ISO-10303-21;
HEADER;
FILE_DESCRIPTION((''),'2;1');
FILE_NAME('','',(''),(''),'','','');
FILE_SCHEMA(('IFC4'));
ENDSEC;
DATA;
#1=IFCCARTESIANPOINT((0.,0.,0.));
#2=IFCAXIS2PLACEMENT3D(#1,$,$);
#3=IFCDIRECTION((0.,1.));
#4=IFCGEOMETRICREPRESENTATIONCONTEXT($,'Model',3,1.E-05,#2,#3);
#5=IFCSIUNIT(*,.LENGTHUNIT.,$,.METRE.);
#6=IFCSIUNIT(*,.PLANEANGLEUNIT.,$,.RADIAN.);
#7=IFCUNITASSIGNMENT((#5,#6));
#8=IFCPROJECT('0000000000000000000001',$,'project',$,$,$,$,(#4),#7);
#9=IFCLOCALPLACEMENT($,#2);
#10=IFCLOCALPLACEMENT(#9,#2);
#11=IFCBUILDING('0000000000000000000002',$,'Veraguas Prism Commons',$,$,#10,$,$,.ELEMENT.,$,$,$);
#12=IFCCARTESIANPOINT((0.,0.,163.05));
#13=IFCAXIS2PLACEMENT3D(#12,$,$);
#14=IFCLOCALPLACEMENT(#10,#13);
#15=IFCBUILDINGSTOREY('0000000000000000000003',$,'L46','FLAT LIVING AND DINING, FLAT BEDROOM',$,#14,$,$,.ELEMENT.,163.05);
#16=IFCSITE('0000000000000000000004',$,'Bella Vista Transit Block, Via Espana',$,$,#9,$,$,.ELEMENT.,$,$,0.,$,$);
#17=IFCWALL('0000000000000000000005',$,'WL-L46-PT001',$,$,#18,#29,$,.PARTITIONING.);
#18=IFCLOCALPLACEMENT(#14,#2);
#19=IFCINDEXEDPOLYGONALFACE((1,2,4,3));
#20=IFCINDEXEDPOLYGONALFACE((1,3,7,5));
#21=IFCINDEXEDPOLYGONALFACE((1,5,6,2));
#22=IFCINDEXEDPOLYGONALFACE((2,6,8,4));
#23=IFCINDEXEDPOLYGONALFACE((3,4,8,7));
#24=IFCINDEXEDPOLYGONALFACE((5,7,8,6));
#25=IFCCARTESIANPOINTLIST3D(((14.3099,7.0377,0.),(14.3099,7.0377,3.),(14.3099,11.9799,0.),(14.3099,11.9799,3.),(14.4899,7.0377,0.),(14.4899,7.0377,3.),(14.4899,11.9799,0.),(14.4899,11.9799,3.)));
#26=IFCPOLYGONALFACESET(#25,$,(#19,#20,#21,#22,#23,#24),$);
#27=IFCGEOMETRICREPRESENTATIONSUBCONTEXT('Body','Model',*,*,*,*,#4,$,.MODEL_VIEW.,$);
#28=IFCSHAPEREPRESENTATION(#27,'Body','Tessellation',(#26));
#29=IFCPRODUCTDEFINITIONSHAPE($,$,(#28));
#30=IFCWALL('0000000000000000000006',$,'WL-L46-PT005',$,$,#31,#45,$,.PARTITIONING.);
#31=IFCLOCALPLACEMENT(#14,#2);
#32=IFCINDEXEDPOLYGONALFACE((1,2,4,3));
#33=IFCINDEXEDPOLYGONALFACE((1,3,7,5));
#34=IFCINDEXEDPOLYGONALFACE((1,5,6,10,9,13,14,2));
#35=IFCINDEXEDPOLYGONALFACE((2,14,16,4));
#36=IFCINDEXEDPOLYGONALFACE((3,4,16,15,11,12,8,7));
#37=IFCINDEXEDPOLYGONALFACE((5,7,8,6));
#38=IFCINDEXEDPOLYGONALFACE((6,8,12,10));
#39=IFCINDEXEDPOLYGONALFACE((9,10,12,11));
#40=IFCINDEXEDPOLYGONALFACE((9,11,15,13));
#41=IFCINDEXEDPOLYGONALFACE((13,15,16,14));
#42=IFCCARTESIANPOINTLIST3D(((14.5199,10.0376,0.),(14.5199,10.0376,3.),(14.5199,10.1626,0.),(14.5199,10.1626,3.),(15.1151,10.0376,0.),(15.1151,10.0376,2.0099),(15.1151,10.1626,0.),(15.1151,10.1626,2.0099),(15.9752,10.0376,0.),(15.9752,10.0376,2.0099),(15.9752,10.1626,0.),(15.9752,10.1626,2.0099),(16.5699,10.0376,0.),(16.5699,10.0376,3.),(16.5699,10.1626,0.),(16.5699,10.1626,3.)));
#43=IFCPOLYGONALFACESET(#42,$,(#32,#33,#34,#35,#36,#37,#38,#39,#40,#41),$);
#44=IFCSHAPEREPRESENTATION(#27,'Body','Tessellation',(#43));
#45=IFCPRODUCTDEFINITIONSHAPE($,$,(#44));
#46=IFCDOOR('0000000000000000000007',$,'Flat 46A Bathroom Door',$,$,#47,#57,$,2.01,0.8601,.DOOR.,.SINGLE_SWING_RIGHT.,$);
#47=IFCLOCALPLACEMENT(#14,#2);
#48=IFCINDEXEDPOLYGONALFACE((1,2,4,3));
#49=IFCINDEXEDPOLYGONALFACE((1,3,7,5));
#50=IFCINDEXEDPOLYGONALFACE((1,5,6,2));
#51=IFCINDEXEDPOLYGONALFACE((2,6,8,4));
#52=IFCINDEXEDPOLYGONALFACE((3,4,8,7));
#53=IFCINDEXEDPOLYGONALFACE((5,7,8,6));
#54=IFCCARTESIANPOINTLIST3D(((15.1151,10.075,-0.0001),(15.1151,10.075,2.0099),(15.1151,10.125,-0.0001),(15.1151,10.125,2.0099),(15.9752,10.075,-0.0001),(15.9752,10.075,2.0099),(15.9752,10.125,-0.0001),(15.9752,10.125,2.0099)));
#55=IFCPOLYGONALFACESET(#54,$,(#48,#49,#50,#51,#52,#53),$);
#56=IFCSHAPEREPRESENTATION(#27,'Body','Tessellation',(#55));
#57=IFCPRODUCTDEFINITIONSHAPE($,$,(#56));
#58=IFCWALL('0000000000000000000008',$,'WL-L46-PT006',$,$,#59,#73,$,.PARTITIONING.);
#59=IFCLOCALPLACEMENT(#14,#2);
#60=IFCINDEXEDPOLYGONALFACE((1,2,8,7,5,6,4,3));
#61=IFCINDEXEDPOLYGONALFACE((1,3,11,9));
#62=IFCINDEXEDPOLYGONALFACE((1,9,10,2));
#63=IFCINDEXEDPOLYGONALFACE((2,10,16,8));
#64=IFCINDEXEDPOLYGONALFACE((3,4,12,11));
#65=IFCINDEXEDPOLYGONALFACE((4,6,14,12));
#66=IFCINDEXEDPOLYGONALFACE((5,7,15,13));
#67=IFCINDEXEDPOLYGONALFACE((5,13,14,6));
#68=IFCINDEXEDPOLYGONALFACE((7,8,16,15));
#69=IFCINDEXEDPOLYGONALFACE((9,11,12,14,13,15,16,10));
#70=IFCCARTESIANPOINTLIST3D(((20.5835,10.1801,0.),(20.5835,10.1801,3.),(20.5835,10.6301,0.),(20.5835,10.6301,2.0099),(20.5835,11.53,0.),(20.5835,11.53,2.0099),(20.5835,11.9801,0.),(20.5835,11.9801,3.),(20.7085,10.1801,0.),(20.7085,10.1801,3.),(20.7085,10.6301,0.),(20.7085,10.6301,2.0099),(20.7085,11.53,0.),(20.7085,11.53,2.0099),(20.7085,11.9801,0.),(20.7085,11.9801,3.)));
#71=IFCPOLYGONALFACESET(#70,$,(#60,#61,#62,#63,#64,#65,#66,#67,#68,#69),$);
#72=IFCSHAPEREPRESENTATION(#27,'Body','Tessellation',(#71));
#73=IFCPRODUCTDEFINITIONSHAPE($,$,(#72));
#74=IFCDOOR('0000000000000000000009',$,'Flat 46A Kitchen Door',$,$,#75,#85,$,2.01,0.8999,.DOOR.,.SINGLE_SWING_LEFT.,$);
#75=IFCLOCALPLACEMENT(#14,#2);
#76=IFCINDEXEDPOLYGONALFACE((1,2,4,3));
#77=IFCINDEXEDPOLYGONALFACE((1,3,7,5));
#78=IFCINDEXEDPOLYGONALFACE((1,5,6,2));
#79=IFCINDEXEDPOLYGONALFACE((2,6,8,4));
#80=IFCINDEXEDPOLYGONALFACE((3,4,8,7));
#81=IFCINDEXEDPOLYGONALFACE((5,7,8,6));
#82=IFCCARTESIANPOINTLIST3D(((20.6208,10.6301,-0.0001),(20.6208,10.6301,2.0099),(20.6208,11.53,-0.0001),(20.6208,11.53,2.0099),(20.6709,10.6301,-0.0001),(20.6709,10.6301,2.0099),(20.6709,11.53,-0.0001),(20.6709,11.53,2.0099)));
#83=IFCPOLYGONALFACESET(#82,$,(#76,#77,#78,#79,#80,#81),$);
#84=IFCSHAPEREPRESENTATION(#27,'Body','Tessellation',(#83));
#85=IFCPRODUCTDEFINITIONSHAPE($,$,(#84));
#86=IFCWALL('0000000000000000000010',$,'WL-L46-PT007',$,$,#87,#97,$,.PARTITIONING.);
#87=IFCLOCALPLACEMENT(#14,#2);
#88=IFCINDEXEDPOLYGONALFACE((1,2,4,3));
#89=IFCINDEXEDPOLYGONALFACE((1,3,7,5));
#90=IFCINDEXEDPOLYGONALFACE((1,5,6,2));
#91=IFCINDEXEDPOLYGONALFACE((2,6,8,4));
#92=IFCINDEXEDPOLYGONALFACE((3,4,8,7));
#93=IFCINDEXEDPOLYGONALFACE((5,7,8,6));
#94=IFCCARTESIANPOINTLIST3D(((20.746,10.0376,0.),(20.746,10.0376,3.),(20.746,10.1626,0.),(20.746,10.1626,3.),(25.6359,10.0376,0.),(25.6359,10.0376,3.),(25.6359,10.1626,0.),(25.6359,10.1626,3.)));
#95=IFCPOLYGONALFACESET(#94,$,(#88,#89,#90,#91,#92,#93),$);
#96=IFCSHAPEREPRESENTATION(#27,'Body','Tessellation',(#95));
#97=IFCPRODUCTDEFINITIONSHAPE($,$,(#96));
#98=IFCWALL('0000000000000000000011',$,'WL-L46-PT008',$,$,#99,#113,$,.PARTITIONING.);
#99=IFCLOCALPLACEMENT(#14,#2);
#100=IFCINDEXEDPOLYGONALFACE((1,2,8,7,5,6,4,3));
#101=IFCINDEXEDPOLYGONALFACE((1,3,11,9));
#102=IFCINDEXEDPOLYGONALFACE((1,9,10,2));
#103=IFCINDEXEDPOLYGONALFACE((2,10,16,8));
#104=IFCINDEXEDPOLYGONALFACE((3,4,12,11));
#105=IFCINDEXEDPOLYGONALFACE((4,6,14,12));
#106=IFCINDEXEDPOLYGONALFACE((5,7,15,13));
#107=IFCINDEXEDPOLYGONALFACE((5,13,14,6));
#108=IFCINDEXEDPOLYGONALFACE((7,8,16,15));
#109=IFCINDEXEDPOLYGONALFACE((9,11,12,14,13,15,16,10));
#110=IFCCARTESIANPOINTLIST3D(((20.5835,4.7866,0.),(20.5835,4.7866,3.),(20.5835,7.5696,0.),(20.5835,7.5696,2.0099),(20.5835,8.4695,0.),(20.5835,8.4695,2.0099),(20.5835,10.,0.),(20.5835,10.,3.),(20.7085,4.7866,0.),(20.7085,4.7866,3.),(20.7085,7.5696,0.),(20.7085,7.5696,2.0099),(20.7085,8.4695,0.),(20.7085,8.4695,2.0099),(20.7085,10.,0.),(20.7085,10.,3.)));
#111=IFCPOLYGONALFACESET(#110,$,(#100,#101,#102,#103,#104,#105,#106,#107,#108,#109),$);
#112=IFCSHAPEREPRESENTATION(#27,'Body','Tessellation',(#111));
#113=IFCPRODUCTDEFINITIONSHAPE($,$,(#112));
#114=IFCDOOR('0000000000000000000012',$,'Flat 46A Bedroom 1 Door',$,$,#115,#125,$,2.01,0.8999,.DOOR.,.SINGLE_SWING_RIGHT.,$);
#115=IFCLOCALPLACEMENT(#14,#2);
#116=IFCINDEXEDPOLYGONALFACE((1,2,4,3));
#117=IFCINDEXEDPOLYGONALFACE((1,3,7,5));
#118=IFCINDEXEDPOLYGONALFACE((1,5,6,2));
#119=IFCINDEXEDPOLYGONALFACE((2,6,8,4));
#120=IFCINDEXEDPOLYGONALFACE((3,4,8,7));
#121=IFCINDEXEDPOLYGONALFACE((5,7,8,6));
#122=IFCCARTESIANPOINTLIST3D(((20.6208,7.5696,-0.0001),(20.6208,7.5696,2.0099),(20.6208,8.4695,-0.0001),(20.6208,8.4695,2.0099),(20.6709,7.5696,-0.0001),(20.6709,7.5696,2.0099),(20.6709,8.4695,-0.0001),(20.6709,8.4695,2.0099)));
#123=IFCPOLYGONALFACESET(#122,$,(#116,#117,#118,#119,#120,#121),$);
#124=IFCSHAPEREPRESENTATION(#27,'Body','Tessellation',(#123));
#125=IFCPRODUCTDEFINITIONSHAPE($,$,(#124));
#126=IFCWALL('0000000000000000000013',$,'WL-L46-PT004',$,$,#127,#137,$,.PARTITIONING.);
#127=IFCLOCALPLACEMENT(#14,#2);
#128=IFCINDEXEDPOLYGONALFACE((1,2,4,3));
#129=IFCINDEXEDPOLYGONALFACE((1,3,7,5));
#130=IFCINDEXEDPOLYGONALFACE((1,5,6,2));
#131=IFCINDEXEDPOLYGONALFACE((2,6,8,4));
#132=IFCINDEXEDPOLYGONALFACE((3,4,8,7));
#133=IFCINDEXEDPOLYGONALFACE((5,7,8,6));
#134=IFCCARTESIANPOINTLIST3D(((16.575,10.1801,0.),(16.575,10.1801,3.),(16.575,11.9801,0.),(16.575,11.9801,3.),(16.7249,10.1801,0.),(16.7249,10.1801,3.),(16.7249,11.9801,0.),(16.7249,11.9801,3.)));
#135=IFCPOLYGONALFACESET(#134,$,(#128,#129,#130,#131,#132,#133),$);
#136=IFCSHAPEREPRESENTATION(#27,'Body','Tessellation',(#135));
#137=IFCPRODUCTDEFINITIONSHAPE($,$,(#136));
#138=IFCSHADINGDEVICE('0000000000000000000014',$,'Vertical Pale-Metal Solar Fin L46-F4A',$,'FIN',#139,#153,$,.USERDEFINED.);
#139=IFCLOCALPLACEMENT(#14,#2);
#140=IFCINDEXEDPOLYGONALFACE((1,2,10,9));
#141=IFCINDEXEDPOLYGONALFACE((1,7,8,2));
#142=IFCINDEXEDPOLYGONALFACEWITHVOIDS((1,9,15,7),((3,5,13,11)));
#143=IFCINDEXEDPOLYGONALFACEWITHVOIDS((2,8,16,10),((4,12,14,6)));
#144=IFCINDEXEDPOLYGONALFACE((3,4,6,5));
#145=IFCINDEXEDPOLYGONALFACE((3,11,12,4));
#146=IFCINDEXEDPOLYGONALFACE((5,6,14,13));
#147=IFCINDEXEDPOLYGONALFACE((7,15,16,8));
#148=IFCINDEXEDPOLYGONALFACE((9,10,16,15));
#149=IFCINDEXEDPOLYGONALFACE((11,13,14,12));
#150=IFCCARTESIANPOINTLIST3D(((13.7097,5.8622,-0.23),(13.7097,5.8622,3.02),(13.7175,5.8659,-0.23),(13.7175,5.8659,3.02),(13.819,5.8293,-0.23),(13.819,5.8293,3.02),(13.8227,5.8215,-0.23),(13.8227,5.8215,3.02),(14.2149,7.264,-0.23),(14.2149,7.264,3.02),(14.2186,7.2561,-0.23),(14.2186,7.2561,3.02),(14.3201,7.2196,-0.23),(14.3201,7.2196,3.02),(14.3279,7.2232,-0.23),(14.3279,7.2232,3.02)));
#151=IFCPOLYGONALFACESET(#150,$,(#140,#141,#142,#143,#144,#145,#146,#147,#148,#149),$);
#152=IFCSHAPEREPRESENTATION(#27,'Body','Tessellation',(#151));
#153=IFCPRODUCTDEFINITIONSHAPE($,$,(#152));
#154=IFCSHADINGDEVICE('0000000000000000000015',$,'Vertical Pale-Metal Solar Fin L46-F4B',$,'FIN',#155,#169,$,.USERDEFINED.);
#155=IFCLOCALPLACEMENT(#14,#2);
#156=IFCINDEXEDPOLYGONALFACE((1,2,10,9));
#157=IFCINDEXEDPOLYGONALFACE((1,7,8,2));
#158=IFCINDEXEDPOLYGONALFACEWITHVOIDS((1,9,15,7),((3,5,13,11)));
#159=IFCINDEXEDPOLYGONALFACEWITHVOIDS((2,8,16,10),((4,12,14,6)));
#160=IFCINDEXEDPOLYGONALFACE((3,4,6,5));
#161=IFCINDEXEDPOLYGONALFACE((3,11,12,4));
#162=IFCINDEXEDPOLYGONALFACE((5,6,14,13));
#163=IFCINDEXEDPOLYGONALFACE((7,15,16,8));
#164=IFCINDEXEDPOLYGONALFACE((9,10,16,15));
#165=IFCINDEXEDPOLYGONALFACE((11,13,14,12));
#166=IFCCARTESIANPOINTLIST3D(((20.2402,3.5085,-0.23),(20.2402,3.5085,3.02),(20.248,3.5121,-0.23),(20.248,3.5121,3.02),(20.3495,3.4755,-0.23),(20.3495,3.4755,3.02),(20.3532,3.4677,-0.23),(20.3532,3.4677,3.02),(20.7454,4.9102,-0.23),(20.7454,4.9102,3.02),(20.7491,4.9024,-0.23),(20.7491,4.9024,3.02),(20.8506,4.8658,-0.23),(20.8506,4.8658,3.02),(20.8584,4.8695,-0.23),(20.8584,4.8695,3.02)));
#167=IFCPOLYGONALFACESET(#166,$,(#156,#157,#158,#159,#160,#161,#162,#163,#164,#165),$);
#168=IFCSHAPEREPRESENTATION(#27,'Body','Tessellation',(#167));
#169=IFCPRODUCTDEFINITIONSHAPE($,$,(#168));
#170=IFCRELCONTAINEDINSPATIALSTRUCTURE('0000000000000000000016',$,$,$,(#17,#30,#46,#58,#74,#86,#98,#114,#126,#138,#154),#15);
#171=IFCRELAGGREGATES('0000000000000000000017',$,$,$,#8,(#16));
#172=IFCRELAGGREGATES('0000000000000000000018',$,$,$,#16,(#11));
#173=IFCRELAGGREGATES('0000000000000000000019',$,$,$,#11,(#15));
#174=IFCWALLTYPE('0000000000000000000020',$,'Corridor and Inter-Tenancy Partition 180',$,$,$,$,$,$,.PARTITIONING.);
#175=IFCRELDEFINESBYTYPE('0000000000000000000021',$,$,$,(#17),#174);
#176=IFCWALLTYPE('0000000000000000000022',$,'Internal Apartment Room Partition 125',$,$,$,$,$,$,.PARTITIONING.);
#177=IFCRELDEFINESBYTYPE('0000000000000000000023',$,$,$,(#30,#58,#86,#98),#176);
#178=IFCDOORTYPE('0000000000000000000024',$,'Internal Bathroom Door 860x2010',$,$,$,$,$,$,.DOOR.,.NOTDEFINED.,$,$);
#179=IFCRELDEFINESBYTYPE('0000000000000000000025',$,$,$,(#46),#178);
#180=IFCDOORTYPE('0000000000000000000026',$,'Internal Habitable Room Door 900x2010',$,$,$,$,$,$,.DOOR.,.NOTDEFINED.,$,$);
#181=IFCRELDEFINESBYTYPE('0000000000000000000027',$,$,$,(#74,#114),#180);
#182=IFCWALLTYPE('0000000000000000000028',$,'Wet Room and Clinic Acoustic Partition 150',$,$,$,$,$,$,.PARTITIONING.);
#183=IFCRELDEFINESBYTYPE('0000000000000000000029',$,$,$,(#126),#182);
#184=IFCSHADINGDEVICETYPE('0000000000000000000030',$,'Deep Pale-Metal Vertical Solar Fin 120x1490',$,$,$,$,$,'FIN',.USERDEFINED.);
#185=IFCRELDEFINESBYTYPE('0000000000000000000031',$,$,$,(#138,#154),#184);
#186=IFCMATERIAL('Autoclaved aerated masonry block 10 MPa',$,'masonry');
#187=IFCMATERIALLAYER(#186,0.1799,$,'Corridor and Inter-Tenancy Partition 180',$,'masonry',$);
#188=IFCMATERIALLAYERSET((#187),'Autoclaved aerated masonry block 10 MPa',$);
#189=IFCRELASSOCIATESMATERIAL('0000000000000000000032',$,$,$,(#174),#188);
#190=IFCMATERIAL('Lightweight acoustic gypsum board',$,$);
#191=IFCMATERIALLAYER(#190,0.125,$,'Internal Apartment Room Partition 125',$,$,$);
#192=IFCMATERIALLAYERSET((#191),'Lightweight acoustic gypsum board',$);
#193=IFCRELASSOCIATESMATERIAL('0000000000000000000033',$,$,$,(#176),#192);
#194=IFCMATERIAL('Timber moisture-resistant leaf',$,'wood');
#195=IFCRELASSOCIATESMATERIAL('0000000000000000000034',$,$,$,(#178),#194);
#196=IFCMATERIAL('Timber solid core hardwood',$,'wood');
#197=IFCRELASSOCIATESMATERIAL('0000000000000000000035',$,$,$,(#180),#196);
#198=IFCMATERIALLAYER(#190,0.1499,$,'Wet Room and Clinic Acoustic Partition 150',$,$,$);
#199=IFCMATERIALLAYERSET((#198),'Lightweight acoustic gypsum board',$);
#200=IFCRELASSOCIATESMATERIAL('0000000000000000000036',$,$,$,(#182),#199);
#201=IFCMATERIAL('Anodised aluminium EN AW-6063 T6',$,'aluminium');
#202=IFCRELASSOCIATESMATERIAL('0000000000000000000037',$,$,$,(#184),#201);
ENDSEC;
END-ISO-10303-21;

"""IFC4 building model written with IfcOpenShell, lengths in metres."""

from ifc_helpers import new_model, si_unit, direction, frame, frame_2d, origin, origin_2d, place, context, subcontext, project, spatial, rectangle, hollow_rectangle, extrude, source, transform, mapped, material, layer, layer_set, material_profile, profile_set, type_object, element, fill, save


model = new_model("IFC4")

# Units and contexts
model_context = context("Model", 3, precision=1e-05, world=origin(), true_north=direction((0.0, 1.0)))
body_context = subcontext(model_context, "Body", "Model", "MODEL_VIEW")
ifc_project = project(units=[si_unit("LENGTHUNIT", "METRE"), si_unit("PLANEANGLEUNIT", "RADIAN")], contexts=[model_context])

# Site, building, storey
site_placement = place(None, origin())
site = spatial("IfcSite", under=ifc_project, at=site_placement, Name="Bella Vista Transit Block, Via Espana", CompositionType="ELEMENT", RefElevation=0.0)
building_placement = place(site_placement, origin())
building = spatial("IfcBuilding", under=site, at=building_placement, Name="Veraguas Prism Commons", CompositionType="ELEMENT")
storey_placement = place(building_placement, frame((0.0, 0.0, 163.05)))
storey = spatial("IfcBuildingStorey", under=building, at=storey_placement, Name="L46", Description="FLAT LIVING AND DINING, FLAT BEDROOM", CompositionType="ELEMENT", Elevation=163.05)

# Shared definitions
ifc_material_1 = material(Name="Anodised aluminium EN AW-6063 T6", Category="aluminium")

# Wall
ifc_material_2 = material(Name="Autoclaved aerated masonry block 10 MPa", Category="masonry")
ifc_layer_1 = layer(ifc_material_2, 0.1799, Name="Corridor and Inter-Tenancy Partition 180", Category="masonry")
ifc_layer_set_1 = layer_set([ifc_layer_1], Name="Autoclaved aerated masonry block 10 MPa")
wall_type_1 = type_object("IfcWallType", Name="Corridor and Inter-Tenancy Partition 180", PredefinedType="PARTITIONING", material=ifc_layer_set_1)
wall_1_placement = place(storey_placement, frame((14.3999, 11.98, 0.0), z_axis=(0.0, 0.0, 1.0), x_axis=(0.0, -1.0, 0.0)))
element("IfcWall", 1, at=wall_1_placement, inside=storey, type_object=wall_type_1, Name="WL-L46-PT001", PredefinedType="PARTITIONING", context=body_context, shape_type="SweptSolid", body=[
    extrude(rectangle(XDim=4.9421, YDim=0.1799, at=frame_2d((2.4712, 0.0))), origin(), (0.0, 0.0, 1.0), 3.0),
])

# Walls, openings, doors
ifc_material_3 = material(Name="Lightweight acoustic gypsum board")
ifc_layer_2 = layer(ifc_material_3, 0.125, Name="Internal Apartment Room Partition 125")
ifc_layer_set_2 = layer_set([ifc_layer_2], Name="Lightweight acoustic gypsum board")
wall_type_2 = type_object("IfcWallType", Name="Internal Apartment Room Partition 125", PredefinedType="PARTITIONING", material=ifc_layer_set_2)
wall_2_placement = place(storey_placement, frame((14.52, 10.1001, 0.0), z_axis=(0.0, 0.0, 1.0), x_axis=(1.0, 0.0, 0.0)))
wall_2 = element("IfcWall", 2, at=wall_2_placement, inside=storey, type_object=wall_type_2, Name="WL-L46-PT005", PredefinedType="PARTITIONING", context=body_context, shape_type="SweptSolid", body=[
    extrude(rectangle(XDim=2.05, YDim=0.125, at=frame_2d((1.0249, 0.0))), origin(), (0.0, 0.0, 1.0), 3.0),
])
opening_1_placement = place(wall_2_placement, frame((0.595, 0.0, 0.0)))
opening_1 = element("IfcOpeningElement", 3, at=opening_1_placement, cuts=wall_2, PredefinedType="OPENING", context=body_context, shape_type="SweptSolid", body=[
    extrude(rectangle(XDim=0.8601, YDim=2.01, at=frame_2d((0.4302, 1.0049))), frame((0.0, 0.0725, 0.0), z_axis=(0.0, -1.0, 0.0), x_axis=(1.0, 0.0, 0.0)), (0.0, 0.0, 1.0), 0.145),
])
ifc_material_4 = material(Name="Timber moisture-resistant leaf", Category="wood")
door_type_1 = type_object("IfcDoorType", Name="Internal Bathroom Door 860x2010", OperationType="NOTDEFINED", PredefinedType="DOOR", material=ifc_material_4)
shared_shape_1 = source(origin(), body_context, "Body", "SweptSolid", [
    extrude(rectangle(XDim=0.8601, YDim=2.01, at=frame_2d((0.4302, 1.0049))), frame((0.0, 0.0249, 0.0), z_axis=(0.0, -1.0, 0.0), x_axis=(1.0, 0.0, 0.0)), (0.0, 0.0, 1.0), 0.05),
])
door_1_placement = place(opening_1_placement, origin())
door_1 = element("IfcDoor", 4, at=door_1_placement, inside=storey, type_object=door_type_1, Name="Flat 46A Bathroom Door", OperationType="SINGLE_SWING_RIGHT", OverallHeight=2.01, OverallWidth=0.8601, PredefinedType="DOOR", context=body_context, shape_type="MappedRepresentation", body=[
    mapped(shared_shape_1, transform((0.0, 0.0, 0.0), scale=1.0)),
])
fill(opening_1, door_1)
wall_3_placement = place(storey_placement, frame((20.646, 11.98, 0.0), z_axis=(0.0, 0.0, 1.0), x_axis=(0.0, -1.0, 0.0)))
wall_3 = element("IfcWall", 5, at=wall_3_placement, inside=storey, type_object=wall_type_2, Name="WL-L46-PT006", PredefinedType="PARTITIONING", context=body_context, shape_type="SweptSolid", body=[
    extrude(rectangle(XDim=1.8, YDim=0.125, at=frame_2d((0.8999, 0.0))), origin(), (0.0, 0.0, 1.0), 3.0),
])
opening_2_placement = place(wall_3_placement, frame((0.45, 0.0, 0.0)))
opening_2 = element("IfcOpeningElement", 6, at=opening_2_placement, cuts=wall_3, PredefinedType="OPENING", context=body_context, shape_type="SweptSolid", body=[
    extrude(rectangle(XDim=0.8999, YDim=2.01, at=frame_2d((0.45, 1.0049))), frame((0.0, 0.0725, 0.0), z_axis=(0.0, -1.0, 0.0), x_axis=(1.0, 0.0, 0.0)), (0.0, 0.0, 1.0), 0.145),
])
ifc_material_5 = material(Name="Timber solid core hardwood", Category="wood")
door_type_2 = type_object("IfcDoorType", Name="Internal Habitable Room Door 900x2010", OperationType="NOTDEFINED", PredefinedType="DOOR", material=ifc_material_5)
shared_shape_2 = source(origin(), body_context, "Body", "SweptSolid", [
    extrude(rectangle(XDim=0.8999, YDim=2.01, at=frame_2d((0.45, 1.0049))), frame((0.0, 0.0249, 0.0), z_axis=(0.0, -1.0, 0.0), x_axis=(1.0, 0.0, 0.0)), (0.0, 0.0, 1.0), 0.05),
])
door_2_placement = place(opening_2_placement, origin())
door_2 = element("IfcDoor", 7, at=door_2_placement, inside=storey, type_object=door_type_2, Name="Flat 46A Kitchen Door", OperationType="SINGLE_SWING_LEFT", OverallHeight=2.01, OverallWidth=0.8999, PredefinedType="DOOR", context=body_context, shape_type="MappedRepresentation", body=[
    mapped(shared_shape_2, transform((0.0, 0.0, 0.0), scale=1.0)),
])
fill(opening_2, door_2)

# Wall
wall_4_placement = place(storey_placement, frame((20.7461, 10.1001, 0.0), z_axis=(0.0, 0.0, 1.0), x_axis=(1.0, 0.0, 0.0)))
element("IfcWall", 8, at=wall_4_placement, inside=storey, type_object=wall_type_2, Name="WL-L46-PT007", PredefinedType="PARTITIONING", context=body_context, shape_type="SweptSolid", body=[
    extrude(rectangle(XDim=4.8899, YDim=0.125, at=frame_2d((2.4448, 0.0))), origin(), (0.0, 0.0, 1.0), 3.0),
])

# Wall, opening, door
wall_5_placement = place(storey_placement, frame((20.646, 10.0, 0.0), z_axis=(0.0, 0.0, 1.0), x_axis=(0.0, -1.0, 0.0)))
wall_5 = element("IfcWall", 9, at=wall_5_placement, inside=storey, type_object=wall_type_2, Name="WL-L46-PT008", PredefinedType="PARTITIONING", context=body_context, shape_type="SweptSolid", body=[
    extrude(rectangle(XDim=5.2134, YDim=0.125, at=frame_2d((2.6067, 0.0))), origin(), (0.0, 0.0, 1.0), 3.0),
])
opening_3_placement = place(wall_5_placement, frame((1.5305, 0.0, 0.0)))
opening_3 = element("IfcOpeningElement", 10, at=opening_3_placement, cuts=wall_5, PredefinedType="OPENING", context=body_context, shape_type="SweptSolid", body=[
    extrude(rectangle(XDim=0.8999, YDim=2.01, at=frame_2d((0.45, 1.0049))), frame((0.0, 0.0725, 0.0), z_axis=(0.0, -1.0, 0.0), x_axis=(1.0, 0.0, 0.0)), (0.0, 0.0, 1.0), 0.145),
])
door_3_placement = place(opening_3_placement, origin())
door_3 = element("IfcDoor", 11, at=door_3_placement, inside=storey, type_object=door_type_2, Name="Flat 46A Bedroom 1 Door", OperationType="SINGLE_SWING_RIGHT", OverallHeight=2.01, OverallWidth=0.8999, PredefinedType="DOOR", context=body_context, shape_type="MappedRepresentation", body=[
    mapped(shared_shape_2, transform((0.0, 0.0, 0.0), scale=1.0)),
])
fill(opening_3, door_3)

# Wall
ifc_layer_3 = layer(ifc_material_3, 0.1499, Name="Wet Room and Clinic Acoustic Partition 150")
ifc_layer_set_3 = layer_set([ifc_layer_3], Name="Lightweight acoustic gypsum board")
wall_type_3 = type_object("IfcWallType", Name="Wet Room and Clinic Acoustic Partition 150", PredefinedType="PARTITIONING", material=ifc_layer_set_3)
wall_6_placement = place(storey_placement, frame((16.6499, 11.98, 0.0), z_axis=(0.0, 0.0, 1.0), x_axis=(0.0, -1.0, 0.0)))
element("IfcWall", 12, at=wall_6_placement, inside=storey, type_object=wall_type_3, Name="WL-L46-PT004", PredefinedType="PARTITIONING", context=body_context, shape_type="SweptSolid", body=[
    extrude(rectangle(XDim=1.8, YDim=0.1499, at=frame_2d((0.8999, 0.0))), origin(), (0.0, 0.0, 1.0), 3.0),
])

# Shading devices
ifc_material_profile_1 = material_profile(ifc_material_1, hollow_rectangle(XDim=0.1201, YDim=1.49, WallThickness=0.0061, at=origin_2d()), Name="FIN120X1490X6")
ifc_profile_set_1 = profile_set([ifc_material_profile_1], Name="Anodised aluminium EN AW-6063 T6")
shading_device_type = type_object("IfcShadingDeviceType", Name="Deep Pale-Metal Vertical Solar Fin 120x1490", ElementType="FIN", PredefinedType="USERDEFINED", material=ifc_profile_set_1)
for number, where, z_axis, x_axis, name in (
    (13, (14.0188, 6.5427, -0.23), (0.0, 0.0, 1.0), (0.940762, -0.339068, 0.0), "Vertical Pale-Metal Solar Fin L46-F4A"),
    (14, (20.5493, 4.189, -0.23), (0.0, 0.0, 1.0), (0.940762, -0.339068, 0.0), "Vertical Pale-Metal Solar Fin L46-F4B"),
):
    element("IfcShadingDevice", number, at=place(storey_placement, frame(where, z_axis=z_axis, x_axis=x_axis)), inside=storey, type_object=shading_device_type, Name=name, ObjectType="FIN", PredefinedType="USERDEFINED", context=body_context, shape_type="SweptSolid", body=[
        extrude(hollow_rectangle(XDim=0.1201, YDim=1.49, WallThickness=0.0061, at=origin_2d()), origin(), (0.0, 0.0, 1.0), 3.25),
    ])

save(model, "model.ifc")
